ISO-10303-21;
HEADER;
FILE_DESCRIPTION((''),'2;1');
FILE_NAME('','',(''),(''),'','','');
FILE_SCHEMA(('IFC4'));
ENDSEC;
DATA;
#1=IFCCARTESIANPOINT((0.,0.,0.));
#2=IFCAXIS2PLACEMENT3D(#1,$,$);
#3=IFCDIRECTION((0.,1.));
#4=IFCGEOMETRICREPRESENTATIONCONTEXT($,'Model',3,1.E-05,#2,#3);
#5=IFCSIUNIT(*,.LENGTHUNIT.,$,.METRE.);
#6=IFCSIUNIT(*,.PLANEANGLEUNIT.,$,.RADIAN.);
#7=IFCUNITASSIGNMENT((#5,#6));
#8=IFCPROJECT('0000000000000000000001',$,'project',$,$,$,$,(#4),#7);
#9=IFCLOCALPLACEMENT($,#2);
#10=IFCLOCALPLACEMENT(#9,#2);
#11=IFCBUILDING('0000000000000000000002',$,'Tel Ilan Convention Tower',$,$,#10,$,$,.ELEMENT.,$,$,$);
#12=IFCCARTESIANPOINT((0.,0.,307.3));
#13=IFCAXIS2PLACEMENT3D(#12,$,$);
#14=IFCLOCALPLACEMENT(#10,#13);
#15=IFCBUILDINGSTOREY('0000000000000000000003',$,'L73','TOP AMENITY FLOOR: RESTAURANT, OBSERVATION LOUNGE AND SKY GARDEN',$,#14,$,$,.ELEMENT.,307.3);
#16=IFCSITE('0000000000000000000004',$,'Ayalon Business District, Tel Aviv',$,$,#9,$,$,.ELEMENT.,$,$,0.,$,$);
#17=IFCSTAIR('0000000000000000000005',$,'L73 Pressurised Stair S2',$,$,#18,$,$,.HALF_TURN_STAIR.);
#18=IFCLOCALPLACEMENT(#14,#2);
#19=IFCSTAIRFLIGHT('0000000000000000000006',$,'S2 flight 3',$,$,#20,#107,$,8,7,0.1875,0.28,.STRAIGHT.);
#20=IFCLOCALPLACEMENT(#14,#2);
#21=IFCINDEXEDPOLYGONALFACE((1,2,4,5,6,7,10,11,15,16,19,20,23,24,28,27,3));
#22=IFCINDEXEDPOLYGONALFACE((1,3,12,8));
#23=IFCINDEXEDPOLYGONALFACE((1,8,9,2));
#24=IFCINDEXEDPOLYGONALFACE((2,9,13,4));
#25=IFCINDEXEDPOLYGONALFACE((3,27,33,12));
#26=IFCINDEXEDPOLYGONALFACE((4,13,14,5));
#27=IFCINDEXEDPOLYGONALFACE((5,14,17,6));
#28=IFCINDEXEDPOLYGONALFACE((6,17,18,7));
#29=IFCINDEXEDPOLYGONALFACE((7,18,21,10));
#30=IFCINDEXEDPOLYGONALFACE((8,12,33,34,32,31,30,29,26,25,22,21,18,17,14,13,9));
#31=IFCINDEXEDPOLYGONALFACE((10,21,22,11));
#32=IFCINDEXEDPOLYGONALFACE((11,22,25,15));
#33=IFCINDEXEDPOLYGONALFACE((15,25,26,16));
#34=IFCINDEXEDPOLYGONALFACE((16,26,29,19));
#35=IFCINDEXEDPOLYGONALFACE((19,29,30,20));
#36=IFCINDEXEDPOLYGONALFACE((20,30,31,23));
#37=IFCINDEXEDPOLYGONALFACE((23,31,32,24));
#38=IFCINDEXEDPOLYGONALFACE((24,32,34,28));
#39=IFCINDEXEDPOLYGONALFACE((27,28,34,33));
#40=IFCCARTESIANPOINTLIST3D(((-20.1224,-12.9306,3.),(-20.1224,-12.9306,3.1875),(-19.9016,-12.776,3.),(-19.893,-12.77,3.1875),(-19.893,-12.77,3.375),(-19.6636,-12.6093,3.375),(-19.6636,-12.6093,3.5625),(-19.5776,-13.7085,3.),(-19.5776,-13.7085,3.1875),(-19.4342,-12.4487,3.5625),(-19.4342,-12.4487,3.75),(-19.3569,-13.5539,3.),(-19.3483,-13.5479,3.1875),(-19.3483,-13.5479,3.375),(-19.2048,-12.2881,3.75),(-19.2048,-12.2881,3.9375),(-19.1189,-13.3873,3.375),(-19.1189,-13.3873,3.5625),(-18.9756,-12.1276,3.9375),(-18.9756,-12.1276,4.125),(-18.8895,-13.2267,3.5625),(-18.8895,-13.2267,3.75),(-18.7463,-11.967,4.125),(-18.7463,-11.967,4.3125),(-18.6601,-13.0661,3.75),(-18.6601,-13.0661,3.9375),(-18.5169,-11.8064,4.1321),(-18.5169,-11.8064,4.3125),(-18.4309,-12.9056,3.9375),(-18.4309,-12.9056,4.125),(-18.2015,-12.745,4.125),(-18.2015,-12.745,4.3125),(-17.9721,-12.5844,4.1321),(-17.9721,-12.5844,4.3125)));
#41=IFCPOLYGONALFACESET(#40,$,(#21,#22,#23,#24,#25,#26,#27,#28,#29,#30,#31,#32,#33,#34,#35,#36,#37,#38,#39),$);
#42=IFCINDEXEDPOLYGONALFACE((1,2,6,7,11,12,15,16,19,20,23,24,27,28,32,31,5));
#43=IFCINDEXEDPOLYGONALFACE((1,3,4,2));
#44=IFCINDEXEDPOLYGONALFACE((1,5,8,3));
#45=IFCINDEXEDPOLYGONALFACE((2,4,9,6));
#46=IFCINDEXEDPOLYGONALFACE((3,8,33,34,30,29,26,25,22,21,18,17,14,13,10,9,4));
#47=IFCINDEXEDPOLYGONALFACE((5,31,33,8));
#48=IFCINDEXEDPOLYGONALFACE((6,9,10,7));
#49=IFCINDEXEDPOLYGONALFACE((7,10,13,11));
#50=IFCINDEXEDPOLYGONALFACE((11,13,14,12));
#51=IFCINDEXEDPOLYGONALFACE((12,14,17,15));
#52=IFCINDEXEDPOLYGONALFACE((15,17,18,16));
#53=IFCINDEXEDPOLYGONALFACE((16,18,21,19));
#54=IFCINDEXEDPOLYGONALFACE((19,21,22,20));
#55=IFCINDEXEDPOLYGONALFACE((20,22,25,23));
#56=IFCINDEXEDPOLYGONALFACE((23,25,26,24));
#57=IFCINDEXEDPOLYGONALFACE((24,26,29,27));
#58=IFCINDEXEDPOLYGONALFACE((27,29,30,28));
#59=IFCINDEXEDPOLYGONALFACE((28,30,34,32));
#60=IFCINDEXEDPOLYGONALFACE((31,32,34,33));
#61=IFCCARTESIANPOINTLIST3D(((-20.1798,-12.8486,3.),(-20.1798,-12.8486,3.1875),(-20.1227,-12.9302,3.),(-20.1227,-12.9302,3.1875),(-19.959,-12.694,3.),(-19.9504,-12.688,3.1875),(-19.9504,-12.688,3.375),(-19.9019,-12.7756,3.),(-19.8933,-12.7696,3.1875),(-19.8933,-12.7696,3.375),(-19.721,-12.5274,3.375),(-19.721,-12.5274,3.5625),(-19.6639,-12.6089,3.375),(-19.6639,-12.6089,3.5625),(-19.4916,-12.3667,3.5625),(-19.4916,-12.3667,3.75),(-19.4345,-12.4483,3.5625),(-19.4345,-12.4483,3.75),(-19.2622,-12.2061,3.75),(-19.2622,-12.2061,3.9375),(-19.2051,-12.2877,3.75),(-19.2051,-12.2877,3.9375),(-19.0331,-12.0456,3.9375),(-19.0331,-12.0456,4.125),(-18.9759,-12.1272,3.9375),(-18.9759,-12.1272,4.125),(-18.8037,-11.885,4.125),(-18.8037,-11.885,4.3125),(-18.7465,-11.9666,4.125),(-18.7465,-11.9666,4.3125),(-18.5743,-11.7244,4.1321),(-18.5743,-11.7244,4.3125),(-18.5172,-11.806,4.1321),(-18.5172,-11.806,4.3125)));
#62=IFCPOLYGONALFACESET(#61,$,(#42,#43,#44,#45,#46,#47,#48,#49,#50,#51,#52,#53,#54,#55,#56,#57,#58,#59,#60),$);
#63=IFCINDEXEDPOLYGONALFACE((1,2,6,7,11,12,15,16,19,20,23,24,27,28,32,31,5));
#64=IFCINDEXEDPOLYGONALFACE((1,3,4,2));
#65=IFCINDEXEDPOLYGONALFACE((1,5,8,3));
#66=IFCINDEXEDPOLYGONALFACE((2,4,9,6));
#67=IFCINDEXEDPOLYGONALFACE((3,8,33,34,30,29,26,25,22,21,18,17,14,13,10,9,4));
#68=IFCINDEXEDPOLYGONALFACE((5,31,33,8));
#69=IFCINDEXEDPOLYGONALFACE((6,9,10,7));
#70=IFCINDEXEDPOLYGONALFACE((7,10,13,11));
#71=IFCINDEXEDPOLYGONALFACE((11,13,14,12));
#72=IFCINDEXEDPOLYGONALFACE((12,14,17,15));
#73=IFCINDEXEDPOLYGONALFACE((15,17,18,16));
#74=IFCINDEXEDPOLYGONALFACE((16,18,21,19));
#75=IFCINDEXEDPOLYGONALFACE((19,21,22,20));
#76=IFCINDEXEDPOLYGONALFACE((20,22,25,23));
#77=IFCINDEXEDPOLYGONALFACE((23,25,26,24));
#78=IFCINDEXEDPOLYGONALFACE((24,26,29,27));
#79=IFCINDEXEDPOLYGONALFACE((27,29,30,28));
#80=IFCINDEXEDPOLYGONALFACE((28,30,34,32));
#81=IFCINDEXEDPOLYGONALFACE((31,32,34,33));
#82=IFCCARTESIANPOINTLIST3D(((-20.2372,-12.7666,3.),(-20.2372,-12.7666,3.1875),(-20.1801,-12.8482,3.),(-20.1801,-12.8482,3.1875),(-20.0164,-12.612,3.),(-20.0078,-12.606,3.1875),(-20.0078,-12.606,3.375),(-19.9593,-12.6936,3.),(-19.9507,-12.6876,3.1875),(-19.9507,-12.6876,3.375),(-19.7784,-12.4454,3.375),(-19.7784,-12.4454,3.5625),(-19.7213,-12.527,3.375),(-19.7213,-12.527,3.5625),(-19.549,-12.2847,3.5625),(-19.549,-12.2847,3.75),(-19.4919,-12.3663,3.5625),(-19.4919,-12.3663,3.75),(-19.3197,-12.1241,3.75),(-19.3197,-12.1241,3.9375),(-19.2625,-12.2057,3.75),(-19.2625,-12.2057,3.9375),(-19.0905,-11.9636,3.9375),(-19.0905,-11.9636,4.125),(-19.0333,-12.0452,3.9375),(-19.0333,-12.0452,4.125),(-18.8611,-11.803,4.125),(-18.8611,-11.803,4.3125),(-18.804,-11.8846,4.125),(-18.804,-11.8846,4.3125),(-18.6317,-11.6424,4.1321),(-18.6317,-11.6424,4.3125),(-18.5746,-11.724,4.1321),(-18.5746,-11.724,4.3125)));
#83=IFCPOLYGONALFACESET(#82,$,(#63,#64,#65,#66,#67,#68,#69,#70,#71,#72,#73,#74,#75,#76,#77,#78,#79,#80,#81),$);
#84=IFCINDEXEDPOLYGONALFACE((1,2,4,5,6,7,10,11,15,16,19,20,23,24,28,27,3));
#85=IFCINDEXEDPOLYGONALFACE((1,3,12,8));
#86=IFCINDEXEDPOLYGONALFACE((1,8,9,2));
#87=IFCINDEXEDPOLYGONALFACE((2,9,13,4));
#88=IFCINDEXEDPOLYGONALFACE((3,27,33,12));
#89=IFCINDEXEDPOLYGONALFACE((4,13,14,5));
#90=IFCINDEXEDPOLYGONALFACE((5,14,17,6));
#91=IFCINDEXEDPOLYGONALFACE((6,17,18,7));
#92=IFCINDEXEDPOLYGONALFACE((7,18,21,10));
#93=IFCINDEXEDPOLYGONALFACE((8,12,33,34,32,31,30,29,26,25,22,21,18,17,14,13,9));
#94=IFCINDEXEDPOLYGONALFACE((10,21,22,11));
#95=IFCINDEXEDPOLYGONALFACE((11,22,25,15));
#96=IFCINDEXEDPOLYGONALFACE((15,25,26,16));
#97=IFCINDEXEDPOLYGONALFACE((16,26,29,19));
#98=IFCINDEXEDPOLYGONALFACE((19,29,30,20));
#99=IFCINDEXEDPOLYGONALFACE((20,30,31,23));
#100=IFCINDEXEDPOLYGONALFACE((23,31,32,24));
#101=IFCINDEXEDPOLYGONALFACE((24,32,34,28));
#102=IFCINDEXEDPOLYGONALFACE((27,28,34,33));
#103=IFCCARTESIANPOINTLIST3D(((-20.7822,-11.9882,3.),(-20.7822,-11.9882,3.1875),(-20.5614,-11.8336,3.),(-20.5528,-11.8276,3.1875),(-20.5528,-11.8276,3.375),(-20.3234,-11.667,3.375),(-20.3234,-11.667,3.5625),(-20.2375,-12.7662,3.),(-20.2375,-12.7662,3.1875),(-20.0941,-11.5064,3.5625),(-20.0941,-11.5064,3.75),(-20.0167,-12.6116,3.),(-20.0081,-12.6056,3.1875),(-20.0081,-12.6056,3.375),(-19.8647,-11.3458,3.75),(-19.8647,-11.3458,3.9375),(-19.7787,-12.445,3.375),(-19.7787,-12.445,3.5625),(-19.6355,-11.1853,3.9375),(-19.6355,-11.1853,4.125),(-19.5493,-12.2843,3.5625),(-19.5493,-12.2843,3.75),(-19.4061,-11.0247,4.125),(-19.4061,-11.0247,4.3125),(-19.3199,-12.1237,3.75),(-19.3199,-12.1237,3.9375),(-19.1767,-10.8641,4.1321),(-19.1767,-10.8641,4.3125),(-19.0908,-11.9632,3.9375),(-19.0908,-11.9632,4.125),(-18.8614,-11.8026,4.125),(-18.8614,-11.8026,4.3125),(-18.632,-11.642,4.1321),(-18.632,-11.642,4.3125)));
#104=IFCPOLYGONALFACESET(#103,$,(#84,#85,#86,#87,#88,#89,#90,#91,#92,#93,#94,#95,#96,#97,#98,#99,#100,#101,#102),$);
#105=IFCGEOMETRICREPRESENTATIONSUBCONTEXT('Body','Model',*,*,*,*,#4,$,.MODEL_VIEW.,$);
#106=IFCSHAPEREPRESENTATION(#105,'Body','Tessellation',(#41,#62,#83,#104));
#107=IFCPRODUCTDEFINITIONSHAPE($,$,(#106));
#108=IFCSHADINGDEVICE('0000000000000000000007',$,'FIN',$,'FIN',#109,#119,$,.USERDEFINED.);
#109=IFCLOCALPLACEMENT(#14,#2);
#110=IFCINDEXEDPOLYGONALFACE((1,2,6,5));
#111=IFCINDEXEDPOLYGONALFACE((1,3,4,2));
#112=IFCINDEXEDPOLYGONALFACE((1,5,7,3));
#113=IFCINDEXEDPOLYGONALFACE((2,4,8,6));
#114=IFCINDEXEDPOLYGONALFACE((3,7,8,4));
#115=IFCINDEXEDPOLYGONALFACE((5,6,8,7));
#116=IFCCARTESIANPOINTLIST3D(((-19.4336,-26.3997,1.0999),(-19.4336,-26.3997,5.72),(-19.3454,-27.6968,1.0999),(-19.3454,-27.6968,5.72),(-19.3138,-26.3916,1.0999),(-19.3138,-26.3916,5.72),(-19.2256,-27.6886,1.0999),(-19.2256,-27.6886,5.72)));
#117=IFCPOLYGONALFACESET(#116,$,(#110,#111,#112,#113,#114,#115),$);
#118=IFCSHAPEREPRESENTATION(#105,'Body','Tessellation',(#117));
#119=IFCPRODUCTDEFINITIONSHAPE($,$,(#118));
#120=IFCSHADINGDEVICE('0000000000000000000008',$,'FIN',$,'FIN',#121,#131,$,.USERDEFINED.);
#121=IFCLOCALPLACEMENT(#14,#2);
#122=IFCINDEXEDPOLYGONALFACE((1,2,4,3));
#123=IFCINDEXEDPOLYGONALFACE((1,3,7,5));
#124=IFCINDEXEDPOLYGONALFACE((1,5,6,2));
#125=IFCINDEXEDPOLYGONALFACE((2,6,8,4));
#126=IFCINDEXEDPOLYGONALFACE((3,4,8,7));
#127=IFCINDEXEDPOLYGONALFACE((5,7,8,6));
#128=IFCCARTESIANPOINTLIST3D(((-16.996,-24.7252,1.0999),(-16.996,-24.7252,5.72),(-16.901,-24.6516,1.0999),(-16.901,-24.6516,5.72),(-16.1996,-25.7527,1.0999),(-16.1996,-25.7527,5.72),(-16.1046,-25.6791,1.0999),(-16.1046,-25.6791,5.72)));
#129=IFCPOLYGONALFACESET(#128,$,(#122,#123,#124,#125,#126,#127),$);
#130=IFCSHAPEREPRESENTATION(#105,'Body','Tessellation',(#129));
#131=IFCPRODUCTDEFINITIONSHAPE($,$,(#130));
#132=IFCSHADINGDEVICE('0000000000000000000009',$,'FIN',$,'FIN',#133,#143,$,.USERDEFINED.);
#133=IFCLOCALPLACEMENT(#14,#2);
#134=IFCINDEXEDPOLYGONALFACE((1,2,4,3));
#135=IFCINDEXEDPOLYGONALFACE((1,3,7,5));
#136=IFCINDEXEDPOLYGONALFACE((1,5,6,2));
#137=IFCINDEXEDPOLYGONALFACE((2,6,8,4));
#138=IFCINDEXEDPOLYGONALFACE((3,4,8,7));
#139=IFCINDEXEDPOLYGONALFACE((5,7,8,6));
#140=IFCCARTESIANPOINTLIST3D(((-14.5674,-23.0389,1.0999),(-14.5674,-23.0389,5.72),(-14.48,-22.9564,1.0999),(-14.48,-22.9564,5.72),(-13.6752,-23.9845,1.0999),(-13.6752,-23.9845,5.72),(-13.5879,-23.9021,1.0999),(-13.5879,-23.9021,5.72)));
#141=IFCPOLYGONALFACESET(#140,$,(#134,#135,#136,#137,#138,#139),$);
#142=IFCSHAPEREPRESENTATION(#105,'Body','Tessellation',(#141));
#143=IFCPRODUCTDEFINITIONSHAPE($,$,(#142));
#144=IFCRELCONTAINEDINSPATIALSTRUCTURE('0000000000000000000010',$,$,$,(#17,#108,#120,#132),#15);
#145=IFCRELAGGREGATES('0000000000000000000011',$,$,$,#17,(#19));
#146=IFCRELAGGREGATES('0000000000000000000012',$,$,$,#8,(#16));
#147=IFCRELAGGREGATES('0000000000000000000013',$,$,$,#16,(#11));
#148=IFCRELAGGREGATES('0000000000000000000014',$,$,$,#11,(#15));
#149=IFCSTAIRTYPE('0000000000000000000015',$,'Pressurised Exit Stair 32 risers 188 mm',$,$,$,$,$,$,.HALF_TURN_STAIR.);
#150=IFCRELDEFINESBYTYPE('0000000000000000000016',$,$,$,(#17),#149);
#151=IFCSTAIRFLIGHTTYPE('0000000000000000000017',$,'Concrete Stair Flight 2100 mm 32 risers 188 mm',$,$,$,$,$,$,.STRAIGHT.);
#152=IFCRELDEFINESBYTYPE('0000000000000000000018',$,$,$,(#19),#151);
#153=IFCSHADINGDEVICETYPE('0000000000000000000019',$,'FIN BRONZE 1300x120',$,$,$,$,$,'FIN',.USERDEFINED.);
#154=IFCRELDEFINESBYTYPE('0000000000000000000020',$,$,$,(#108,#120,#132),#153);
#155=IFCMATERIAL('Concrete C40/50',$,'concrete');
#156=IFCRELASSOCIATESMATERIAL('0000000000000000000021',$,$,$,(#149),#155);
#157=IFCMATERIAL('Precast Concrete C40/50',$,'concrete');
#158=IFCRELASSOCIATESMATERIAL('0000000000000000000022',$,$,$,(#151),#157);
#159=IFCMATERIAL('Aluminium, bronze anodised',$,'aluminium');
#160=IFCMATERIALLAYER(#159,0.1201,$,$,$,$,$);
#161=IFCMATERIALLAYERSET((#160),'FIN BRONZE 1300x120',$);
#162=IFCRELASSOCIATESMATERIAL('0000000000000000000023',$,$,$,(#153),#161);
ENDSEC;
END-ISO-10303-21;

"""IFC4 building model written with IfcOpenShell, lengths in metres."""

from ifc_helpers import new_model, si_unit, direction, frame, origin, origin_2d, place, context, subcontext, project, spatial, polyline, rectangle, outline, extrude, material, layer, layer_set, type_object, element, aggregate, save


model = new_model("IFC4")

# Units and contexts
model_context = context("Model", 3, precision=1e-05, world=origin(), true_north=direction((0.0, 1.0)))
body_context = subcontext(model_context, "Body", "Model", "MODEL_VIEW")
ifc_project = project(units=[si_unit("LENGTHUNIT", "METRE"), si_unit("PLANEANGLEUNIT", "RADIAN")], contexts=[model_context])

# Site, building, storey
site_placement = place(None, origin())
site = spatial("IfcSite", under=ifc_project, at=site_placement, Name="Ayalon Business District, Tel Aviv", CompositionType="ELEMENT", RefElevation=0.0)
building_placement = place(site_placement, origin())
building = spatial("IfcBuilding", under=site, at=building_placement, Name="Tel Ilan Convention Tower", CompositionType="ELEMENT")
storey_placement = place(building_placement, frame((0.0, 0.0, 307.3)))
storey = spatial("IfcBuildingStorey", under=building, at=storey_placement, Name="L73", Description="TOP AMENITY FLOOR: RESTAURANT, OBSERVATION LOUNGE AND SKY GARDEN", CompositionType="ELEMENT", Elevation=307.3)

# Stair, stair flight
ifc_material_1 = material(Name="Concrete C40/50", Category="concrete")
stair_type = type_object("IfcStairType", Name="Pressurised Exit Stair 32 risers 188 mm", PredefinedType="HALF_TURN_STAIR", material=ifc_material_1)
stair_placement = place(storey_placement, origin())
stair = element("IfcStair", 1, at=stair_placement, inside=storey, type_object=stair_type, Name="L73 Pressurised Stair S2", PredefinedType="HALF_TURN_STAIR")
ifc_material_2 = material(Name="Precast Concrete C40/50", Category="concrete")
stair_flight_type = type_object("IfcStairFlightType", Name="Concrete Stair Flight 2100 mm 32 risers 188 mm", PredefinedType="STRAIGHT", material=ifc_material_2)
stair_flight_1_placement = place(storey_placement, frame((-20.1799, -12.8484, 3.0), z_axis=(0.0, 0.0, 1.0), x_axis=(0.819152, 0.573576, 0.0)))
stair_flight_1 = element("IfcStairFlight", 2, at=stair_flight_1_placement, type_object=stair_flight_type, Name="S2 flight 3", NumberOfRisers=8, NumberOfTreads=7, PredefinedType="STRAIGHT", RiserHeight=0.1875, TreadLength=0.28, context=body_context, shape_type="SweptSolid", body=[
    extrude(outline(polyline([(0.0, 0.0), (0.0, 0.1875), (0.28, 0.1875), (0.28, 0.375), (0.5601, 0.375), (0.5601, 0.5625), (0.8401, 0.5625), (0.8401, 0.75), (1.1201, 0.75), (1.1201, 0.9375), (1.3999, 0.9375), (1.3999, 1.125), (1.6799, 1.125), (1.6799, 1.3125), (1.96, 1.3125), (1.96, 1.5), (1.96, 1.1321), (0.2695, 0.0), (0.0, 0.0)])), frame((0.0, -0.1003, 0.0), z_axis=(0.0, -1.0, 0.0), x_axis=(1.0, 0.0, 0.0)), (0.0, 0.0, 1.0), 0.9497),
    extrude(outline(polyline([(0.0, 0.0), (0.0, 0.1875), (0.28, 0.1875), (0.28, 0.375), (0.5601, 0.375), (0.5601, 0.5625), (0.8401, 0.5625), (0.8401, 0.75), (1.1201, 0.75), (1.1201, 0.9375), (1.3999, 0.9375), (1.3999, 1.125), (1.6799, 1.125), (1.6799, 1.3125), (1.96, 1.3125), (1.96, 1.5), (1.96, 1.1321), (0.2695, 0.0), (0.0, 0.0)])), frame((0.0, -0.0002, 0.0), z_axis=(0.0, -1.0, 0.0), x_axis=(1.0, 0.0, 0.0)), (0.0, 0.0, 1.0), 0.0996),
    extrude(outline(polyline([(0.0, 0.0), (0.0, 0.1875), (0.28, 0.1875), (0.28, 0.375), (0.5601, 0.375), (0.5601, 0.5625), (0.8401, 0.5625), (0.8401, 0.75), (1.1201, 0.75), (1.1201, 0.9375), (1.3999, 0.9375), (1.3999, 1.125), (1.6799, 1.125), (1.6799, 1.3125), (1.96, 1.3125), (1.96, 1.5), (1.96, 1.1321), (0.2695, 0.0), (0.0, 0.0)])), frame((0.0, 0.0999, 0.0), z_axis=(0.0, -1.0, 0.0), x_axis=(1.0, 0.0, 0.0)), (0.0, 0.0, 1.0), 0.0996),
    extrude(outline(polyline([(0.0, 0.0), (0.0, 0.1875), (0.28, 0.1875), (0.28, 0.375), (0.5601, 0.375), (0.5601, 0.5625), (0.8401, 0.5625), (0.8401, 0.75), (1.1201, 0.75), (1.1201, 0.9375), (1.3999, 0.9375), (1.3999, 1.125), (1.6799, 1.125), (1.6799, 1.3125), (1.96, 1.3125), (1.96, 1.5), (1.96, 1.1321), (0.2695, 0.0), (0.0, 0.0)])), frame((0.0, 1.05, 0.0), z_axis=(0.0, -1.0, 0.0), x_axis=(1.0, 0.0, 0.0)), (0.0, 0.0, 1.0), 0.9497),
])
aggregate(stair, [stair_flight_1])

# Shading devices
ifc_material_3 = material(Name="Aluminium, bronze anodised", Category="aluminium")
ifc_layer_1 = layer(ifc_material_3, 0.1201)
ifc_layer_set_1 = layer_set([ifc_layer_1], Name="FIN BRONZE 1300x120")
shading_device_type = type_object("IfcShadingDeviceType", Name="FIN BRONZE 1300x120", ElementType="FIN", PredefinedType="USERDEFINED", material=ifc_layer_set_1)
for number, where, z_axis, x_axis, name in (
    (3, (-19.3296, -27.0442, 1.0999), (0.0, 0.0, 1.0), (0.067822, -0.997697, 0.0), "FIN"),
    (4, (-16.5503, -25.2021, 1.0999), (0.0, 0.0, 1.0), (0.612601, -0.790393, 0.0), "FIN"),
    (5, (-14.0776, -23.4705, 1.0999), (0.0, 0.0, 1.0), (0.686242, -0.727374, 0.0), "FIN"),
):
    element("IfcShadingDevice", number, at=place(storey_placement, frame(where, z_axis=z_axis, x_axis=x_axis)), inside=storey, type_object=shading_device_type, Name=name, ObjectType="FIN", PredefinedType="USERDEFINED", context=body_context, shape_type="SweptSolid", body=[
        extrude(rectangle(XDim=1.3, YDim=0.1201, at=origin_2d()), origin(), (0.0, 0.0, 1.0), 4.6201),
    ])

save(model, "model.ifc")
